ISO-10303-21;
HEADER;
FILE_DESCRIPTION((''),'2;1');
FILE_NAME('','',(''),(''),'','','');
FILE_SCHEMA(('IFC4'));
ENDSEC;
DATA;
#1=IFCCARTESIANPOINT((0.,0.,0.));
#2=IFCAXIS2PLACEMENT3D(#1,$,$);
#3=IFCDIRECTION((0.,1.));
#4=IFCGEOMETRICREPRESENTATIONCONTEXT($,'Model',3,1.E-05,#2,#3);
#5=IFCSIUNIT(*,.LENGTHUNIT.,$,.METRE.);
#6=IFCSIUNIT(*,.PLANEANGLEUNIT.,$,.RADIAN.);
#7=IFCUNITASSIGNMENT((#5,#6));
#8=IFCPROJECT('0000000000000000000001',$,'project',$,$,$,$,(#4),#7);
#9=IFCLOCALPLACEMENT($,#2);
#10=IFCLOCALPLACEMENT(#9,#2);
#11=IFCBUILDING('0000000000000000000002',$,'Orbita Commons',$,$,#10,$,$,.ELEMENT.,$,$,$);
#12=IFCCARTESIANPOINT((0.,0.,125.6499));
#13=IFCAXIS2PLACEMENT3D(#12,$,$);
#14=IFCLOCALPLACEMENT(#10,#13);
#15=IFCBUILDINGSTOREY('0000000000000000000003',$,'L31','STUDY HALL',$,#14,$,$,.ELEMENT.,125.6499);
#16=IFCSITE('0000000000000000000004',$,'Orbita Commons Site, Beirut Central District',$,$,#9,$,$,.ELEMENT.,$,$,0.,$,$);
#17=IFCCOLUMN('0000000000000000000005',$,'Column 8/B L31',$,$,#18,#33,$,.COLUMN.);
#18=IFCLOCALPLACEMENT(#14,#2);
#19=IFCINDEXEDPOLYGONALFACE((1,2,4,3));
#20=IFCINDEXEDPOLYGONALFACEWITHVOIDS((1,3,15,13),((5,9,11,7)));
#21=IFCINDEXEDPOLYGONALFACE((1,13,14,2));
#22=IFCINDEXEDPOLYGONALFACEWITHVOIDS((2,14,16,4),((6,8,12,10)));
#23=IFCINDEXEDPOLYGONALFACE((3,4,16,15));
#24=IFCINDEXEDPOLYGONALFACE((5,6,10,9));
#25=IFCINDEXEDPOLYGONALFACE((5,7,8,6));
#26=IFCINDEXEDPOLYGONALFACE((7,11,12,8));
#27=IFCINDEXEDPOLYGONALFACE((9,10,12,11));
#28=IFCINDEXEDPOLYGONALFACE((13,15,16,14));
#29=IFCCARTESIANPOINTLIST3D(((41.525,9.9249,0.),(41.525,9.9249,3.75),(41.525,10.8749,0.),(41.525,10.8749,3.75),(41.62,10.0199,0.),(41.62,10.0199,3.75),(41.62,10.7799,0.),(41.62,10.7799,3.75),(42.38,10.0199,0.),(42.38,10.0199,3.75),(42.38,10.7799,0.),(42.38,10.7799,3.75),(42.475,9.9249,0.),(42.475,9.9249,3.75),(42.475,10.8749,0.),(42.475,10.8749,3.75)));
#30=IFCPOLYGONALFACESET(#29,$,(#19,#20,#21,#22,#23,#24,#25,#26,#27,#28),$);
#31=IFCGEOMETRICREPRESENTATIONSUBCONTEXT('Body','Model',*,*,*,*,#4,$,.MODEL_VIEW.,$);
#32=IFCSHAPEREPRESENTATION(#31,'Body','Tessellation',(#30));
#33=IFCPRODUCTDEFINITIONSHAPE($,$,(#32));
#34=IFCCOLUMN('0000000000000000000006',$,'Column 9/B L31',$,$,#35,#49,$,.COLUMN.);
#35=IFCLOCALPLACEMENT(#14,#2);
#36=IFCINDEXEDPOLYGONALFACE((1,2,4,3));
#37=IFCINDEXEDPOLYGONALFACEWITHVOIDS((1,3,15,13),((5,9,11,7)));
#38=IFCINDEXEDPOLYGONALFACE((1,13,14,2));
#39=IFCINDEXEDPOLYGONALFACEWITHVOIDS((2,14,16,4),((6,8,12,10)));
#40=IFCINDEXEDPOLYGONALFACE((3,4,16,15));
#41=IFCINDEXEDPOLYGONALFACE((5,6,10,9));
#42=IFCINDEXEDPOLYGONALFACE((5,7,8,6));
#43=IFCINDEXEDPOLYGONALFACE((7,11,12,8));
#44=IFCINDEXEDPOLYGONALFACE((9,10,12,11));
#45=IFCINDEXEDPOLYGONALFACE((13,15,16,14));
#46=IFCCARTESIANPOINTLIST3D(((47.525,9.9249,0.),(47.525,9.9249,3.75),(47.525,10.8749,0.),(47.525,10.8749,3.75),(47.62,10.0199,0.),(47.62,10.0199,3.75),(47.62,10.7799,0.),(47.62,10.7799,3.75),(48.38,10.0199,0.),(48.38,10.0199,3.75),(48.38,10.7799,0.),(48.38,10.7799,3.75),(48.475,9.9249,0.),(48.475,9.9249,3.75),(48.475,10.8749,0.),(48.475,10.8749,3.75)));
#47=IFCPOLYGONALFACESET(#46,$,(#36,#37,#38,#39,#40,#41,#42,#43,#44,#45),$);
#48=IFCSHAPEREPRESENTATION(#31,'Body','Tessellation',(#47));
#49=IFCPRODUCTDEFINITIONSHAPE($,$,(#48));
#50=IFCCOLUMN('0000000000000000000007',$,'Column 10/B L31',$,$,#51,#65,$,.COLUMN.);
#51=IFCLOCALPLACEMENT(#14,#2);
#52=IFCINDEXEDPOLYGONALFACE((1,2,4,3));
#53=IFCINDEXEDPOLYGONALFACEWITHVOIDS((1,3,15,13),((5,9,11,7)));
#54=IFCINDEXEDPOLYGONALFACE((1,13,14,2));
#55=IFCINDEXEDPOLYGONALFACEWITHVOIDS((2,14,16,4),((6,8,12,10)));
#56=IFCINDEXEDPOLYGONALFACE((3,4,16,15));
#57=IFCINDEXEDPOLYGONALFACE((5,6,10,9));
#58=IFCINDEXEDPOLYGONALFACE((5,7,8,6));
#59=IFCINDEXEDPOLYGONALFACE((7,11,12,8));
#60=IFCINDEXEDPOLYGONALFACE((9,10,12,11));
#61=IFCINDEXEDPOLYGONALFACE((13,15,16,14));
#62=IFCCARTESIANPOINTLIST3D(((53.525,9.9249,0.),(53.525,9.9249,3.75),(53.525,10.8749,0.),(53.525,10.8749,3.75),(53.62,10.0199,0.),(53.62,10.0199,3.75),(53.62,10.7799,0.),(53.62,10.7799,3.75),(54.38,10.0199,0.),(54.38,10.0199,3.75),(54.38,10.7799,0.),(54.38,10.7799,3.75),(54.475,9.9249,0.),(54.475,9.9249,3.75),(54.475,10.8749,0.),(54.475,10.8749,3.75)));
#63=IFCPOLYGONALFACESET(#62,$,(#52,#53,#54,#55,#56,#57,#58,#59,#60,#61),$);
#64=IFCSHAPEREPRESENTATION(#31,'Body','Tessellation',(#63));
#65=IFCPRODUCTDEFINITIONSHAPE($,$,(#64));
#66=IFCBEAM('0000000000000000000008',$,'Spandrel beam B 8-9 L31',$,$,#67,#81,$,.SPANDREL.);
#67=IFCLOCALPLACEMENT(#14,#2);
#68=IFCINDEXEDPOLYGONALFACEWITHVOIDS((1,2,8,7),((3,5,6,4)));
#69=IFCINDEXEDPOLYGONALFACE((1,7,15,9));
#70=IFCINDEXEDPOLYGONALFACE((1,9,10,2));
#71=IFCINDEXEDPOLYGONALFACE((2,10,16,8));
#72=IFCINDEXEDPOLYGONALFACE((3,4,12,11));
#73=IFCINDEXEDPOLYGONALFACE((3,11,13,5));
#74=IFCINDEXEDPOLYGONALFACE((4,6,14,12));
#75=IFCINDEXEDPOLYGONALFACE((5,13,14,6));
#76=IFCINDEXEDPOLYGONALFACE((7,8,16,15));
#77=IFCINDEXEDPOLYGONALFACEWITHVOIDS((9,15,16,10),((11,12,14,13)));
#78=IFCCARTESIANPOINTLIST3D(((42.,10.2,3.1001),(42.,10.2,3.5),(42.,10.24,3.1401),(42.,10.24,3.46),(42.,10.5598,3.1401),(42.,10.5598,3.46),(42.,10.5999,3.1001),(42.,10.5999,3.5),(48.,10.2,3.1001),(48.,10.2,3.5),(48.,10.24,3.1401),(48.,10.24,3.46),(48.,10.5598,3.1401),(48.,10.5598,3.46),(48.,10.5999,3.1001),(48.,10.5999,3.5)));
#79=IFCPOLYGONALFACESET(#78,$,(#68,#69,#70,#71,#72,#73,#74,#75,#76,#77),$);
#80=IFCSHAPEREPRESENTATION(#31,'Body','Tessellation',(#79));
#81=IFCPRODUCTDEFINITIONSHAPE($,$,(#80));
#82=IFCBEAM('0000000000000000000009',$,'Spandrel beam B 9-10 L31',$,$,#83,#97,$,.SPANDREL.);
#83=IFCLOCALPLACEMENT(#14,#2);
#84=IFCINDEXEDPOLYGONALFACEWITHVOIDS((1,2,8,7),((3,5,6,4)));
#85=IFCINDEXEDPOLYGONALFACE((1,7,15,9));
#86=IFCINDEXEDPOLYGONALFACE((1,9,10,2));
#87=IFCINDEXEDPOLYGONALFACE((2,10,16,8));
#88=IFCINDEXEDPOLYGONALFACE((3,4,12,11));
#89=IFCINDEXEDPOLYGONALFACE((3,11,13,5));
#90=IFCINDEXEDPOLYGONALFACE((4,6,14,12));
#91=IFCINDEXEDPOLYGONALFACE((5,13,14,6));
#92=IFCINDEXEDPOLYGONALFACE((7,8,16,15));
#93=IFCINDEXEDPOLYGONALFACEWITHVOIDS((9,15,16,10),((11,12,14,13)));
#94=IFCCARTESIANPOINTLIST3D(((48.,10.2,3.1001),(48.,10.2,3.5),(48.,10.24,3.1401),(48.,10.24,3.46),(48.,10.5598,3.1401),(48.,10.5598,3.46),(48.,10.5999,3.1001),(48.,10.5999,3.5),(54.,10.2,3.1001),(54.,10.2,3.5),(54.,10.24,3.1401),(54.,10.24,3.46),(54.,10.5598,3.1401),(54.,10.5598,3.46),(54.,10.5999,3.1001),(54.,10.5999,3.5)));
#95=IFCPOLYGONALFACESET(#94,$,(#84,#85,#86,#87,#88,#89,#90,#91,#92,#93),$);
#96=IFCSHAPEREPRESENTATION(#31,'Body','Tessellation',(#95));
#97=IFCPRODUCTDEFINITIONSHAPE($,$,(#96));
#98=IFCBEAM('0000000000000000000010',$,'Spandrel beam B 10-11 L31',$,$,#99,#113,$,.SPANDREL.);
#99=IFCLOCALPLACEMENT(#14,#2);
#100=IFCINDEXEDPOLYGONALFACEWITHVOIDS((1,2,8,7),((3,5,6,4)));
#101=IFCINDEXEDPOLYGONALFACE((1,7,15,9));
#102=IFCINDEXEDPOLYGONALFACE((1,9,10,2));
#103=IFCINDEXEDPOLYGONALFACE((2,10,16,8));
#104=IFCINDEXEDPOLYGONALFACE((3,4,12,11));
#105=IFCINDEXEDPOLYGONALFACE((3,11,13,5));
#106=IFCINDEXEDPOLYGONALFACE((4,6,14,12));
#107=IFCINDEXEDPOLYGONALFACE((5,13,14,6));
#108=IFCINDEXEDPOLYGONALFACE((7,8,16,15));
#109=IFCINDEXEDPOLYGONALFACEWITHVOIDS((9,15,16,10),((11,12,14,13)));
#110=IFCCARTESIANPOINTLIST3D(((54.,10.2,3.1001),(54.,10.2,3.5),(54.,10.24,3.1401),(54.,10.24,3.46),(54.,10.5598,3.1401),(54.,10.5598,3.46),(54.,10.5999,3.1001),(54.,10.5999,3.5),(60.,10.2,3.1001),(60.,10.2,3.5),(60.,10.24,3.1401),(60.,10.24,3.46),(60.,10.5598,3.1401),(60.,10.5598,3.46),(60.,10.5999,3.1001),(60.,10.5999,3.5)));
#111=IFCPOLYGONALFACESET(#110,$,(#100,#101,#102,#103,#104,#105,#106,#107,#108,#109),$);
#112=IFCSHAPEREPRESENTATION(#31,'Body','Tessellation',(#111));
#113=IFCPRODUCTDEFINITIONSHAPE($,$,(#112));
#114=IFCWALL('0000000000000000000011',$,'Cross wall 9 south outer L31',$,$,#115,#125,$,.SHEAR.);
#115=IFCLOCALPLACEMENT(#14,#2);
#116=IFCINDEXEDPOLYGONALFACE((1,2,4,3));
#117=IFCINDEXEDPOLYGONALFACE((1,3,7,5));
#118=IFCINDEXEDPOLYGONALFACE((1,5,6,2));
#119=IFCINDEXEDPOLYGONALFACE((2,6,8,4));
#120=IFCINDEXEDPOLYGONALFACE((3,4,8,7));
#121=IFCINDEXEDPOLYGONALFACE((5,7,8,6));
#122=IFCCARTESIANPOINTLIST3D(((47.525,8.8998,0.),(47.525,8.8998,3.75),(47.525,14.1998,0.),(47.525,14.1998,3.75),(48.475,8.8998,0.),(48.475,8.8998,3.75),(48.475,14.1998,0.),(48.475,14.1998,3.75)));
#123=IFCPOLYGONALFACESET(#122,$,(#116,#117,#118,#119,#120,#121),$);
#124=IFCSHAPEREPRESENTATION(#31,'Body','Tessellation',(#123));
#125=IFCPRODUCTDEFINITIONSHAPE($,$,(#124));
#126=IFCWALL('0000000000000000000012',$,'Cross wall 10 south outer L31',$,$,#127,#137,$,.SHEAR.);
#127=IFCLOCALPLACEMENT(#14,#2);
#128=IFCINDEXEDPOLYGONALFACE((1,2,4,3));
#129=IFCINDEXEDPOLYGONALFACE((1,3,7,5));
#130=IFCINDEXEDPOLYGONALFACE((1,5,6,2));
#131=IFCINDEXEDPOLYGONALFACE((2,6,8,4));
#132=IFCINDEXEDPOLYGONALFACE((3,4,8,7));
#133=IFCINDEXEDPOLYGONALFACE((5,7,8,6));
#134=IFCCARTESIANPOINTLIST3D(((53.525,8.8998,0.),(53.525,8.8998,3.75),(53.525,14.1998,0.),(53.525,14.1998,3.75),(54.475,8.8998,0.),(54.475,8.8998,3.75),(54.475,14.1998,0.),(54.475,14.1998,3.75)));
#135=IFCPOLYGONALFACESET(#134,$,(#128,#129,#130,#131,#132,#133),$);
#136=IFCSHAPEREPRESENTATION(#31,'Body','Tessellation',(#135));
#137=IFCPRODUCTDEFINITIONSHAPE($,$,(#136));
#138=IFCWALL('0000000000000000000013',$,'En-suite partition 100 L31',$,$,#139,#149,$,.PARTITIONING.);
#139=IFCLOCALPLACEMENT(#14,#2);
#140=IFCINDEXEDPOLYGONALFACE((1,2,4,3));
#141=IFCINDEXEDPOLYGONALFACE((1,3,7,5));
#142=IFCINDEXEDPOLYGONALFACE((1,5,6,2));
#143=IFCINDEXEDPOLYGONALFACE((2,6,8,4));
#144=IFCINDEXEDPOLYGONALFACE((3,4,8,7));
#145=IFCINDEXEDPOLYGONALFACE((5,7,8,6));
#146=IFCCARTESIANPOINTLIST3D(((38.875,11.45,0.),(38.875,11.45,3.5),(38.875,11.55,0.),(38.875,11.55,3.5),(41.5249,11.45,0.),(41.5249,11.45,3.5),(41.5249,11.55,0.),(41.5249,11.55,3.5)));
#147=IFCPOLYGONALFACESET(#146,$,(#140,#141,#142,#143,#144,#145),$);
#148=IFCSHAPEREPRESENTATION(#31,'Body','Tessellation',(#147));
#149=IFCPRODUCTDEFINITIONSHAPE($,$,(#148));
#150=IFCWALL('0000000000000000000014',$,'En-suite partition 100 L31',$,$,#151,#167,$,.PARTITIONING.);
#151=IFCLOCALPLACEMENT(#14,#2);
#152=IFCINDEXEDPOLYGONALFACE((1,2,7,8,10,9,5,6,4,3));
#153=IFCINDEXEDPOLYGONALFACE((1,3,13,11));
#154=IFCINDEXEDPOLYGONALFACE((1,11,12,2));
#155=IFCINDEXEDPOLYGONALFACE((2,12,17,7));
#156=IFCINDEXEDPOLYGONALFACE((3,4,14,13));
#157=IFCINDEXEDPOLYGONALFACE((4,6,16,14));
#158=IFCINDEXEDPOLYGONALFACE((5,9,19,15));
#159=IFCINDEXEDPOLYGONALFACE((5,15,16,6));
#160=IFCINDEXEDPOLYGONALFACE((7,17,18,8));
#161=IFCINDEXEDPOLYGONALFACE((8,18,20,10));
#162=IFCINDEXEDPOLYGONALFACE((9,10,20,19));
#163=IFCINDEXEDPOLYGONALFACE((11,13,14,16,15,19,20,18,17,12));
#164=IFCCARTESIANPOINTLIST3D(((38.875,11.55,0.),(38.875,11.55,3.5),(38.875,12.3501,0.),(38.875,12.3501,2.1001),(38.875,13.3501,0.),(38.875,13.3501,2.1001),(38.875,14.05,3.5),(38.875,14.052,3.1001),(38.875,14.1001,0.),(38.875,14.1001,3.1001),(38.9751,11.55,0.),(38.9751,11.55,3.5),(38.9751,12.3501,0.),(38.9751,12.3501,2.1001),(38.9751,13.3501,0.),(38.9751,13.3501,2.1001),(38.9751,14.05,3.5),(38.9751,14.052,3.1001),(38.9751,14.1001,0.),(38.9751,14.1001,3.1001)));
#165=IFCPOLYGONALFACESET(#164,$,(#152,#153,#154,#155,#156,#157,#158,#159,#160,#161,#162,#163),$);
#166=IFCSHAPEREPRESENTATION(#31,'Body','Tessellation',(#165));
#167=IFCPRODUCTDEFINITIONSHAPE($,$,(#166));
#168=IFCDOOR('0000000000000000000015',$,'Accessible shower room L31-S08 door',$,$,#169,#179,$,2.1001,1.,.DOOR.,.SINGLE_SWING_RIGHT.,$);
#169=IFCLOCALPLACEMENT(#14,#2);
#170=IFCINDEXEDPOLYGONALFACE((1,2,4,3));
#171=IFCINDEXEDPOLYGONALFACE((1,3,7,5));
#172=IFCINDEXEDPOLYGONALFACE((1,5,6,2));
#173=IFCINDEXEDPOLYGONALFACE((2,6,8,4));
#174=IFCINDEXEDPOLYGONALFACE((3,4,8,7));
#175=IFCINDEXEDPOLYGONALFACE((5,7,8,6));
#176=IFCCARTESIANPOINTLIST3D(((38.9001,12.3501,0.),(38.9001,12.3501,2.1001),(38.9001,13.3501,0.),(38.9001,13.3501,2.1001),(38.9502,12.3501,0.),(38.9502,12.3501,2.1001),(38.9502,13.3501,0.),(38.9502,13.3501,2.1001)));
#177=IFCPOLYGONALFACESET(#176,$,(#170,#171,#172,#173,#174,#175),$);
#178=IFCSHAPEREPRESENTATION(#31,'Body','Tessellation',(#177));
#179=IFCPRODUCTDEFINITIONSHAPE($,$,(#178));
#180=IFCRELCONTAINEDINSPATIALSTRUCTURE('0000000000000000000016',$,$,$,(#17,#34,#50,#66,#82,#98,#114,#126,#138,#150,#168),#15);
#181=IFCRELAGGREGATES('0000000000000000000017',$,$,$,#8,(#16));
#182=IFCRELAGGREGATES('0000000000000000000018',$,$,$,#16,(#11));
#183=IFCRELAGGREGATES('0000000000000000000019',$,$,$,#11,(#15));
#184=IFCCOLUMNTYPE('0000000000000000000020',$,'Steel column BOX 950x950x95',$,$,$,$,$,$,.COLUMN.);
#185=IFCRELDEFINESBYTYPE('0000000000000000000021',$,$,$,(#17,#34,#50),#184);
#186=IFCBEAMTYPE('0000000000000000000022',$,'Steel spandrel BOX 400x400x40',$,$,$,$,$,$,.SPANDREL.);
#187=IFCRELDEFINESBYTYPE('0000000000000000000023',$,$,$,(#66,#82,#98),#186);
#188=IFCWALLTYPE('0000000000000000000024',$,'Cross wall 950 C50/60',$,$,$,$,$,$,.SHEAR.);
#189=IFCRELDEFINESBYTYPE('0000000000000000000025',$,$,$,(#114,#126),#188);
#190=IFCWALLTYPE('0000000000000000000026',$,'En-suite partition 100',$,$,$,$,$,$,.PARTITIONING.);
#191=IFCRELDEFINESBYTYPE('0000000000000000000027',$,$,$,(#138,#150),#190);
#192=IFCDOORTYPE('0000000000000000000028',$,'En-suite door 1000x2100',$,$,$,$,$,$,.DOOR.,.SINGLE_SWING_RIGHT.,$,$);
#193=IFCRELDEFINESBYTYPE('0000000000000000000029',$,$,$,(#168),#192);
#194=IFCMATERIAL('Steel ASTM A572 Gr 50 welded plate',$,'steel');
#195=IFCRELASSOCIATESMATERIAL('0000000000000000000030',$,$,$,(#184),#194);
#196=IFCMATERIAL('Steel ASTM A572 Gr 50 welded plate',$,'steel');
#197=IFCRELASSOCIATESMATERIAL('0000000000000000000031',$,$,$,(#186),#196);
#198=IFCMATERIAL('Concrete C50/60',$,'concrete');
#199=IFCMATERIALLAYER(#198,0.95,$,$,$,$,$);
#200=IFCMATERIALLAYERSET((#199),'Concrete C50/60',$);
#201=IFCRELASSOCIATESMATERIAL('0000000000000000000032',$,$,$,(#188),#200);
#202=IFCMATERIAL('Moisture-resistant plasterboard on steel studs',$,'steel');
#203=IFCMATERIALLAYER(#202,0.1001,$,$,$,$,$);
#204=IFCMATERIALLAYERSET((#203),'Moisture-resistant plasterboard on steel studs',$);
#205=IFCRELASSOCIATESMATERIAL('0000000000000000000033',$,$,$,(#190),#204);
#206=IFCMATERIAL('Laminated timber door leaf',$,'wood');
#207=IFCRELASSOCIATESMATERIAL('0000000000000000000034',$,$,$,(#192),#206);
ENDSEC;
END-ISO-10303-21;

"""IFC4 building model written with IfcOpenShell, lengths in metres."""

from ifc_helpers import new_model, si_unit, direction, frame, frame_2d, origin, origin_2d, place, context, subcontext, project, spatial, polyline, rectangle, hollow_rectangle, outline, extrude, material, layer, layer_set, material_profile, profile_set, type_object, element, fill, save


model = new_model("IFC4")

# Units and contexts
model_context = context("Model", 3, precision=1e-05, world=origin(), true_north=direction((0.0, 1.0)))
body_context = subcontext(model_context, "Body", "Model", "MODEL_VIEW")
ifc_project = project(units=[si_unit("LENGTHUNIT", "METRE"), si_unit("PLANEANGLEUNIT", "RADIAN")], contexts=[model_context])

# Site, building, storey
site_placement = place(None, origin())
site = spatial("IfcSite", under=ifc_project, at=site_placement, Name="Orbita Commons Site, Beirut Central District", CompositionType="ELEMENT", RefElevation=0.0)
building_placement = place(site_placement, origin())
building = spatial("IfcBuilding", under=site, at=building_placement, Name="Orbita Commons", CompositionType="ELEMENT")
storey_placement = place(building_placement, frame((0.0, 0.0, 125.6499)))
storey = spatial("IfcBuildingStorey", under=building, at=storey_placement, Name="L31", Description="STUDY HALL", CompositionType="ELEMENT", Elevation=125.6499)

# Columns
ifc_material_1 = material(Name="Steel ASTM A572 Gr 50 welded plate", Category="steel")
ifc_material_profile_1 = material_profile(ifc_material_1, hollow_rectangle(XDim=0.95, YDim=0.95, WallThickness=0.095, at=origin_2d()), Name="BOX 950x950x95")
ifc_profile_set_1 = profile_set([ifc_material_profile_1], Name="Steel ASTM A572 Gr 50 welded plate")
column_type = type_object("IfcColumnType", Name="Steel column BOX 950x950x95", PredefinedType="COLUMN", material=ifc_profile_set_1)
for number, where, z_axis, x_axis, name in (
    (1, (42.0, 10.3999, 0.0), (0.0, 0.0, 1.0), (1.0, 0.0, 0.0), "Column 8/B L31"),
    (2, (48.0, 10.3999, 0.0), (0.0, 0.0, 1.0), (1.0, 0.0, 0.0), "Column 9/B L31"),
    (3, (54.0, 10.3999, 0.0), (0.0, 0.0, 1.0), (1.0, 0.0, 0.0), "Column 10/B L31"),
):
    element("IfcColumn", number, at=place(storey_placement, frame(where, z_axis=z_axis, x_axis=x_axis)), inside=storey, type_object=column_type, Name=name, PredefinedType="COLUMN", context=body_context, shape_type="SweptSolid", body=[
        extrude(hollow_rectangle(XDim=0.95, YDim=0.95, WallThickness=0.095, at=origin_2d()), origin(), (0.0, 0.0, 1.0), 3.75),
    ])

# Beams
ifc_material_2 = material(Name="Steel ASTM A572 Gr 50 welded plate", Category="steel")
ifc_material_profile_2 = material_profile(ifc_material_2, hollow_rectangle(XDim=0.3999, YDim=0.3999, WallThickness=0.04, at=origin_2d()), Name="BOX 400x400x40")
ifc_profile_set_2 = profile_set([ifc_material_profile_2], Name="Steel ASTM A572 Gr 50 welded plate")
beam_type = type_object("IfcBeamType", Name="Steel spandrel BOX 400x400x40", PredefinedType="SPANDREL", material=ifc_profile_set_2)
for number, where, z_axis, x_axis, name in (
    (4, (42.0, 10.3999, 3.3), (1.0, 0.0, 0.0), (0.0, 1.0, 0.0), "Spandrel beam B 8-9 L31"),
    (5, (48.0, 10.3999, 3.3), (1.0, 0.0, 0.0), (0.0, 1.0, 0.0), "Spandrel beam B 9-10 L31"),
    (6, (54.0, 10.3999, 3.3), (1.0, 0.0, 0.0), (0.0, 1.0, 0.0), "Spandrel beam B 10-11 L31"),
):
    element("IfcBeam", number, at=place(storey_placement, frame(where, z_axis=z_axis, x_axis=x_axis)), inside=storey, type_object=beam_type, Name=name, PredefinedType="SPANDREL", context=body_context, shape_type="SweptSolid", body=[
        extrude(hollow_rectangle(XDim=0.3999, YDim=0.3999, WallThickness=0.04, at=origin_2d()), origin(), (0.0, 0.0, 1.0), 6.0),
    ])

# Walls
ifc_material_3 = material(Name="Concrete C50/60", Category="concrete")
ifc_layer_1 = layer(ifc_material_3, 0.95)
ifc_layer_set_1 = layer_set([ifc_layer_1], Name="Concrete C50/60")
wall_type_1 = type_object("IfcWallType", Name="Cross wall 950 C50/60", PredefinedType="SHEAR", material=ifc_layer_set_1)
for number, where, z_axis, x_axis, name in (
    (7, (48.0, 8.8999, 0.0), (0.0, 0.0, 1.0), (0.0, 1.0, 0.0), "Cross wall 9 south outer L31"),
    (8, (54.0, 8.8999, 0.0), (0.0, 0.0, 1.0), (0.0, 1.0, 0.0), "Cross wall 10 south outer L31"),
):
    element("IfcWall", number, at=place(storey_placement, frame(where, z_axis=z_axis, x_axis=x_axis)), inside=storey, type_object=wall_type_1, Name=name, PredefinedType="SHEAR", context=body_context, shape_type="SweptSolid", body=[
        extrude(rectangle(XDim=5.3, YDim=0.95, at=frame_2d((2.6499, 0.0))), origin(), (0.0, 0.0, 1.0), 3.75),
    ])
ifc_material_4 = material(Name="Moisture-resistant plasterboard on steel studs", Category="steel")
ifc_layer_2 = layer(ifc_material_4, 0.1001)
ifc_layer_set_2 = layer_set([ifc_layer_2], Name="Moisture-resistant plasterboard on steel studs")
wall_type_2 = type_object("IfcWallType", Name="En-suite partition 100", PredefinedType="PARTITIONING", material=ifc_layer_set_2)
wall_1_placement = place(storey_placement, frame((38.875, 11.5, 0.0), z_axis=(0.0, 0.0, 1.0), x_axis=(1.0, 0.0, 0.0)))
element("IfcWall", 9, at=wall_1_placement, inside=storey, type_object=wall_type_2, Name="En-suite partition 100 L31", PredefinedType="PARTITIONING", context=body_context, shape_type="SweptSolid", body=[
    extrude(rectangle(XDim=2.6499, YDim=0.1001, at=frame_2d((1.325, 0.0))), origin(), (0.0, 0.0, 1.0), 3.5),
])

# Wall, opening, door
wall_2_placement = place(storey_placement, frame((38.925, 11.55, 0.0), z_axis=(0.0, 0.0, 1.0), x_axis=(0.0, 1.0, 0.0)))
wall_2 = element("IfcWall", 10, at=wall_2_placement, inside=storey, type_object=wall_type_2, Name="En-suite partition 100 L31", PredefinedType="PARTITIONING", context=body_context, shape_type="SweptSolid", body=[
    extrude(outline(polyline([(0.0, 0.0), (2.55, 0.0), (2.55, 3.1001), (2.502, 3.1001), (2.5, 3.5), (0.0, 3.5), (0.0, 0.0)])), frame((0.0, 0.05, 0.0), z_axis=(0.0, -1.0, 0.0), x_axis=(1.0, 0.0, 0.0)), (0.0, 0.0, 1.0), 0.1001),
])
opening_1_placement = place(wall_2_placement, frame((0.8, 0.0, 0.0)))
opening_1 = element("IfcOpeningElement", 11, at=opening_1_placement, cuts=wall_2, PredefinedType="OPENING", context=body_context, shape_type="SweptSolid", body=[
    extrude(rectangle(XDim=1.0, YDim=2.1001, at=frame_2d((0.5, 1.05))), frame((0.0, 0.0601, 0.0), z_axis=(0.0, -1.0, 0.0), x_axis=(1.0, 0.0, 0.0)), (0.0, 0.0, 1.0), 0.1201),
])
ifc_material_5 = material(Name="Laminated timber door leaf", Category="wood")
door_type_1 = type_object("IfcDoorType", Name="En-suite door 1000x2100", OperationType="SINGLE_SWING_RIGHT", PredefinedType="DOOR", material=ifc_material_5)
door_1_placement = place(opening_1_placement, origin())
door_1 = element("IfcDoor", 12, at=door_1_placement, inside=storey, type_object=door_type_1, Name="Accessible shower room L31-S08 door", OperationType="SINGLE_SWING_RIGHT", OverallHeight=2.1001, OverallWidth=1.0, PredefinedType="DOOR", context=body_context, shape_type="SweptSolid", body=[
    extrude(rectangle(XDim=1.0, YDim=2.1001, at=frame_2d((0.5, 1.05))), frame((0.0, 0.0249, 0.0), z_axis=(0.0, -1.0, 0.0), x_axis=(1.0, 0.0, 0.0)), (0.0, 0.0, 1.0), 0.05),
])
fill(opening_1, door_1)

save(model, "model.ifc")
